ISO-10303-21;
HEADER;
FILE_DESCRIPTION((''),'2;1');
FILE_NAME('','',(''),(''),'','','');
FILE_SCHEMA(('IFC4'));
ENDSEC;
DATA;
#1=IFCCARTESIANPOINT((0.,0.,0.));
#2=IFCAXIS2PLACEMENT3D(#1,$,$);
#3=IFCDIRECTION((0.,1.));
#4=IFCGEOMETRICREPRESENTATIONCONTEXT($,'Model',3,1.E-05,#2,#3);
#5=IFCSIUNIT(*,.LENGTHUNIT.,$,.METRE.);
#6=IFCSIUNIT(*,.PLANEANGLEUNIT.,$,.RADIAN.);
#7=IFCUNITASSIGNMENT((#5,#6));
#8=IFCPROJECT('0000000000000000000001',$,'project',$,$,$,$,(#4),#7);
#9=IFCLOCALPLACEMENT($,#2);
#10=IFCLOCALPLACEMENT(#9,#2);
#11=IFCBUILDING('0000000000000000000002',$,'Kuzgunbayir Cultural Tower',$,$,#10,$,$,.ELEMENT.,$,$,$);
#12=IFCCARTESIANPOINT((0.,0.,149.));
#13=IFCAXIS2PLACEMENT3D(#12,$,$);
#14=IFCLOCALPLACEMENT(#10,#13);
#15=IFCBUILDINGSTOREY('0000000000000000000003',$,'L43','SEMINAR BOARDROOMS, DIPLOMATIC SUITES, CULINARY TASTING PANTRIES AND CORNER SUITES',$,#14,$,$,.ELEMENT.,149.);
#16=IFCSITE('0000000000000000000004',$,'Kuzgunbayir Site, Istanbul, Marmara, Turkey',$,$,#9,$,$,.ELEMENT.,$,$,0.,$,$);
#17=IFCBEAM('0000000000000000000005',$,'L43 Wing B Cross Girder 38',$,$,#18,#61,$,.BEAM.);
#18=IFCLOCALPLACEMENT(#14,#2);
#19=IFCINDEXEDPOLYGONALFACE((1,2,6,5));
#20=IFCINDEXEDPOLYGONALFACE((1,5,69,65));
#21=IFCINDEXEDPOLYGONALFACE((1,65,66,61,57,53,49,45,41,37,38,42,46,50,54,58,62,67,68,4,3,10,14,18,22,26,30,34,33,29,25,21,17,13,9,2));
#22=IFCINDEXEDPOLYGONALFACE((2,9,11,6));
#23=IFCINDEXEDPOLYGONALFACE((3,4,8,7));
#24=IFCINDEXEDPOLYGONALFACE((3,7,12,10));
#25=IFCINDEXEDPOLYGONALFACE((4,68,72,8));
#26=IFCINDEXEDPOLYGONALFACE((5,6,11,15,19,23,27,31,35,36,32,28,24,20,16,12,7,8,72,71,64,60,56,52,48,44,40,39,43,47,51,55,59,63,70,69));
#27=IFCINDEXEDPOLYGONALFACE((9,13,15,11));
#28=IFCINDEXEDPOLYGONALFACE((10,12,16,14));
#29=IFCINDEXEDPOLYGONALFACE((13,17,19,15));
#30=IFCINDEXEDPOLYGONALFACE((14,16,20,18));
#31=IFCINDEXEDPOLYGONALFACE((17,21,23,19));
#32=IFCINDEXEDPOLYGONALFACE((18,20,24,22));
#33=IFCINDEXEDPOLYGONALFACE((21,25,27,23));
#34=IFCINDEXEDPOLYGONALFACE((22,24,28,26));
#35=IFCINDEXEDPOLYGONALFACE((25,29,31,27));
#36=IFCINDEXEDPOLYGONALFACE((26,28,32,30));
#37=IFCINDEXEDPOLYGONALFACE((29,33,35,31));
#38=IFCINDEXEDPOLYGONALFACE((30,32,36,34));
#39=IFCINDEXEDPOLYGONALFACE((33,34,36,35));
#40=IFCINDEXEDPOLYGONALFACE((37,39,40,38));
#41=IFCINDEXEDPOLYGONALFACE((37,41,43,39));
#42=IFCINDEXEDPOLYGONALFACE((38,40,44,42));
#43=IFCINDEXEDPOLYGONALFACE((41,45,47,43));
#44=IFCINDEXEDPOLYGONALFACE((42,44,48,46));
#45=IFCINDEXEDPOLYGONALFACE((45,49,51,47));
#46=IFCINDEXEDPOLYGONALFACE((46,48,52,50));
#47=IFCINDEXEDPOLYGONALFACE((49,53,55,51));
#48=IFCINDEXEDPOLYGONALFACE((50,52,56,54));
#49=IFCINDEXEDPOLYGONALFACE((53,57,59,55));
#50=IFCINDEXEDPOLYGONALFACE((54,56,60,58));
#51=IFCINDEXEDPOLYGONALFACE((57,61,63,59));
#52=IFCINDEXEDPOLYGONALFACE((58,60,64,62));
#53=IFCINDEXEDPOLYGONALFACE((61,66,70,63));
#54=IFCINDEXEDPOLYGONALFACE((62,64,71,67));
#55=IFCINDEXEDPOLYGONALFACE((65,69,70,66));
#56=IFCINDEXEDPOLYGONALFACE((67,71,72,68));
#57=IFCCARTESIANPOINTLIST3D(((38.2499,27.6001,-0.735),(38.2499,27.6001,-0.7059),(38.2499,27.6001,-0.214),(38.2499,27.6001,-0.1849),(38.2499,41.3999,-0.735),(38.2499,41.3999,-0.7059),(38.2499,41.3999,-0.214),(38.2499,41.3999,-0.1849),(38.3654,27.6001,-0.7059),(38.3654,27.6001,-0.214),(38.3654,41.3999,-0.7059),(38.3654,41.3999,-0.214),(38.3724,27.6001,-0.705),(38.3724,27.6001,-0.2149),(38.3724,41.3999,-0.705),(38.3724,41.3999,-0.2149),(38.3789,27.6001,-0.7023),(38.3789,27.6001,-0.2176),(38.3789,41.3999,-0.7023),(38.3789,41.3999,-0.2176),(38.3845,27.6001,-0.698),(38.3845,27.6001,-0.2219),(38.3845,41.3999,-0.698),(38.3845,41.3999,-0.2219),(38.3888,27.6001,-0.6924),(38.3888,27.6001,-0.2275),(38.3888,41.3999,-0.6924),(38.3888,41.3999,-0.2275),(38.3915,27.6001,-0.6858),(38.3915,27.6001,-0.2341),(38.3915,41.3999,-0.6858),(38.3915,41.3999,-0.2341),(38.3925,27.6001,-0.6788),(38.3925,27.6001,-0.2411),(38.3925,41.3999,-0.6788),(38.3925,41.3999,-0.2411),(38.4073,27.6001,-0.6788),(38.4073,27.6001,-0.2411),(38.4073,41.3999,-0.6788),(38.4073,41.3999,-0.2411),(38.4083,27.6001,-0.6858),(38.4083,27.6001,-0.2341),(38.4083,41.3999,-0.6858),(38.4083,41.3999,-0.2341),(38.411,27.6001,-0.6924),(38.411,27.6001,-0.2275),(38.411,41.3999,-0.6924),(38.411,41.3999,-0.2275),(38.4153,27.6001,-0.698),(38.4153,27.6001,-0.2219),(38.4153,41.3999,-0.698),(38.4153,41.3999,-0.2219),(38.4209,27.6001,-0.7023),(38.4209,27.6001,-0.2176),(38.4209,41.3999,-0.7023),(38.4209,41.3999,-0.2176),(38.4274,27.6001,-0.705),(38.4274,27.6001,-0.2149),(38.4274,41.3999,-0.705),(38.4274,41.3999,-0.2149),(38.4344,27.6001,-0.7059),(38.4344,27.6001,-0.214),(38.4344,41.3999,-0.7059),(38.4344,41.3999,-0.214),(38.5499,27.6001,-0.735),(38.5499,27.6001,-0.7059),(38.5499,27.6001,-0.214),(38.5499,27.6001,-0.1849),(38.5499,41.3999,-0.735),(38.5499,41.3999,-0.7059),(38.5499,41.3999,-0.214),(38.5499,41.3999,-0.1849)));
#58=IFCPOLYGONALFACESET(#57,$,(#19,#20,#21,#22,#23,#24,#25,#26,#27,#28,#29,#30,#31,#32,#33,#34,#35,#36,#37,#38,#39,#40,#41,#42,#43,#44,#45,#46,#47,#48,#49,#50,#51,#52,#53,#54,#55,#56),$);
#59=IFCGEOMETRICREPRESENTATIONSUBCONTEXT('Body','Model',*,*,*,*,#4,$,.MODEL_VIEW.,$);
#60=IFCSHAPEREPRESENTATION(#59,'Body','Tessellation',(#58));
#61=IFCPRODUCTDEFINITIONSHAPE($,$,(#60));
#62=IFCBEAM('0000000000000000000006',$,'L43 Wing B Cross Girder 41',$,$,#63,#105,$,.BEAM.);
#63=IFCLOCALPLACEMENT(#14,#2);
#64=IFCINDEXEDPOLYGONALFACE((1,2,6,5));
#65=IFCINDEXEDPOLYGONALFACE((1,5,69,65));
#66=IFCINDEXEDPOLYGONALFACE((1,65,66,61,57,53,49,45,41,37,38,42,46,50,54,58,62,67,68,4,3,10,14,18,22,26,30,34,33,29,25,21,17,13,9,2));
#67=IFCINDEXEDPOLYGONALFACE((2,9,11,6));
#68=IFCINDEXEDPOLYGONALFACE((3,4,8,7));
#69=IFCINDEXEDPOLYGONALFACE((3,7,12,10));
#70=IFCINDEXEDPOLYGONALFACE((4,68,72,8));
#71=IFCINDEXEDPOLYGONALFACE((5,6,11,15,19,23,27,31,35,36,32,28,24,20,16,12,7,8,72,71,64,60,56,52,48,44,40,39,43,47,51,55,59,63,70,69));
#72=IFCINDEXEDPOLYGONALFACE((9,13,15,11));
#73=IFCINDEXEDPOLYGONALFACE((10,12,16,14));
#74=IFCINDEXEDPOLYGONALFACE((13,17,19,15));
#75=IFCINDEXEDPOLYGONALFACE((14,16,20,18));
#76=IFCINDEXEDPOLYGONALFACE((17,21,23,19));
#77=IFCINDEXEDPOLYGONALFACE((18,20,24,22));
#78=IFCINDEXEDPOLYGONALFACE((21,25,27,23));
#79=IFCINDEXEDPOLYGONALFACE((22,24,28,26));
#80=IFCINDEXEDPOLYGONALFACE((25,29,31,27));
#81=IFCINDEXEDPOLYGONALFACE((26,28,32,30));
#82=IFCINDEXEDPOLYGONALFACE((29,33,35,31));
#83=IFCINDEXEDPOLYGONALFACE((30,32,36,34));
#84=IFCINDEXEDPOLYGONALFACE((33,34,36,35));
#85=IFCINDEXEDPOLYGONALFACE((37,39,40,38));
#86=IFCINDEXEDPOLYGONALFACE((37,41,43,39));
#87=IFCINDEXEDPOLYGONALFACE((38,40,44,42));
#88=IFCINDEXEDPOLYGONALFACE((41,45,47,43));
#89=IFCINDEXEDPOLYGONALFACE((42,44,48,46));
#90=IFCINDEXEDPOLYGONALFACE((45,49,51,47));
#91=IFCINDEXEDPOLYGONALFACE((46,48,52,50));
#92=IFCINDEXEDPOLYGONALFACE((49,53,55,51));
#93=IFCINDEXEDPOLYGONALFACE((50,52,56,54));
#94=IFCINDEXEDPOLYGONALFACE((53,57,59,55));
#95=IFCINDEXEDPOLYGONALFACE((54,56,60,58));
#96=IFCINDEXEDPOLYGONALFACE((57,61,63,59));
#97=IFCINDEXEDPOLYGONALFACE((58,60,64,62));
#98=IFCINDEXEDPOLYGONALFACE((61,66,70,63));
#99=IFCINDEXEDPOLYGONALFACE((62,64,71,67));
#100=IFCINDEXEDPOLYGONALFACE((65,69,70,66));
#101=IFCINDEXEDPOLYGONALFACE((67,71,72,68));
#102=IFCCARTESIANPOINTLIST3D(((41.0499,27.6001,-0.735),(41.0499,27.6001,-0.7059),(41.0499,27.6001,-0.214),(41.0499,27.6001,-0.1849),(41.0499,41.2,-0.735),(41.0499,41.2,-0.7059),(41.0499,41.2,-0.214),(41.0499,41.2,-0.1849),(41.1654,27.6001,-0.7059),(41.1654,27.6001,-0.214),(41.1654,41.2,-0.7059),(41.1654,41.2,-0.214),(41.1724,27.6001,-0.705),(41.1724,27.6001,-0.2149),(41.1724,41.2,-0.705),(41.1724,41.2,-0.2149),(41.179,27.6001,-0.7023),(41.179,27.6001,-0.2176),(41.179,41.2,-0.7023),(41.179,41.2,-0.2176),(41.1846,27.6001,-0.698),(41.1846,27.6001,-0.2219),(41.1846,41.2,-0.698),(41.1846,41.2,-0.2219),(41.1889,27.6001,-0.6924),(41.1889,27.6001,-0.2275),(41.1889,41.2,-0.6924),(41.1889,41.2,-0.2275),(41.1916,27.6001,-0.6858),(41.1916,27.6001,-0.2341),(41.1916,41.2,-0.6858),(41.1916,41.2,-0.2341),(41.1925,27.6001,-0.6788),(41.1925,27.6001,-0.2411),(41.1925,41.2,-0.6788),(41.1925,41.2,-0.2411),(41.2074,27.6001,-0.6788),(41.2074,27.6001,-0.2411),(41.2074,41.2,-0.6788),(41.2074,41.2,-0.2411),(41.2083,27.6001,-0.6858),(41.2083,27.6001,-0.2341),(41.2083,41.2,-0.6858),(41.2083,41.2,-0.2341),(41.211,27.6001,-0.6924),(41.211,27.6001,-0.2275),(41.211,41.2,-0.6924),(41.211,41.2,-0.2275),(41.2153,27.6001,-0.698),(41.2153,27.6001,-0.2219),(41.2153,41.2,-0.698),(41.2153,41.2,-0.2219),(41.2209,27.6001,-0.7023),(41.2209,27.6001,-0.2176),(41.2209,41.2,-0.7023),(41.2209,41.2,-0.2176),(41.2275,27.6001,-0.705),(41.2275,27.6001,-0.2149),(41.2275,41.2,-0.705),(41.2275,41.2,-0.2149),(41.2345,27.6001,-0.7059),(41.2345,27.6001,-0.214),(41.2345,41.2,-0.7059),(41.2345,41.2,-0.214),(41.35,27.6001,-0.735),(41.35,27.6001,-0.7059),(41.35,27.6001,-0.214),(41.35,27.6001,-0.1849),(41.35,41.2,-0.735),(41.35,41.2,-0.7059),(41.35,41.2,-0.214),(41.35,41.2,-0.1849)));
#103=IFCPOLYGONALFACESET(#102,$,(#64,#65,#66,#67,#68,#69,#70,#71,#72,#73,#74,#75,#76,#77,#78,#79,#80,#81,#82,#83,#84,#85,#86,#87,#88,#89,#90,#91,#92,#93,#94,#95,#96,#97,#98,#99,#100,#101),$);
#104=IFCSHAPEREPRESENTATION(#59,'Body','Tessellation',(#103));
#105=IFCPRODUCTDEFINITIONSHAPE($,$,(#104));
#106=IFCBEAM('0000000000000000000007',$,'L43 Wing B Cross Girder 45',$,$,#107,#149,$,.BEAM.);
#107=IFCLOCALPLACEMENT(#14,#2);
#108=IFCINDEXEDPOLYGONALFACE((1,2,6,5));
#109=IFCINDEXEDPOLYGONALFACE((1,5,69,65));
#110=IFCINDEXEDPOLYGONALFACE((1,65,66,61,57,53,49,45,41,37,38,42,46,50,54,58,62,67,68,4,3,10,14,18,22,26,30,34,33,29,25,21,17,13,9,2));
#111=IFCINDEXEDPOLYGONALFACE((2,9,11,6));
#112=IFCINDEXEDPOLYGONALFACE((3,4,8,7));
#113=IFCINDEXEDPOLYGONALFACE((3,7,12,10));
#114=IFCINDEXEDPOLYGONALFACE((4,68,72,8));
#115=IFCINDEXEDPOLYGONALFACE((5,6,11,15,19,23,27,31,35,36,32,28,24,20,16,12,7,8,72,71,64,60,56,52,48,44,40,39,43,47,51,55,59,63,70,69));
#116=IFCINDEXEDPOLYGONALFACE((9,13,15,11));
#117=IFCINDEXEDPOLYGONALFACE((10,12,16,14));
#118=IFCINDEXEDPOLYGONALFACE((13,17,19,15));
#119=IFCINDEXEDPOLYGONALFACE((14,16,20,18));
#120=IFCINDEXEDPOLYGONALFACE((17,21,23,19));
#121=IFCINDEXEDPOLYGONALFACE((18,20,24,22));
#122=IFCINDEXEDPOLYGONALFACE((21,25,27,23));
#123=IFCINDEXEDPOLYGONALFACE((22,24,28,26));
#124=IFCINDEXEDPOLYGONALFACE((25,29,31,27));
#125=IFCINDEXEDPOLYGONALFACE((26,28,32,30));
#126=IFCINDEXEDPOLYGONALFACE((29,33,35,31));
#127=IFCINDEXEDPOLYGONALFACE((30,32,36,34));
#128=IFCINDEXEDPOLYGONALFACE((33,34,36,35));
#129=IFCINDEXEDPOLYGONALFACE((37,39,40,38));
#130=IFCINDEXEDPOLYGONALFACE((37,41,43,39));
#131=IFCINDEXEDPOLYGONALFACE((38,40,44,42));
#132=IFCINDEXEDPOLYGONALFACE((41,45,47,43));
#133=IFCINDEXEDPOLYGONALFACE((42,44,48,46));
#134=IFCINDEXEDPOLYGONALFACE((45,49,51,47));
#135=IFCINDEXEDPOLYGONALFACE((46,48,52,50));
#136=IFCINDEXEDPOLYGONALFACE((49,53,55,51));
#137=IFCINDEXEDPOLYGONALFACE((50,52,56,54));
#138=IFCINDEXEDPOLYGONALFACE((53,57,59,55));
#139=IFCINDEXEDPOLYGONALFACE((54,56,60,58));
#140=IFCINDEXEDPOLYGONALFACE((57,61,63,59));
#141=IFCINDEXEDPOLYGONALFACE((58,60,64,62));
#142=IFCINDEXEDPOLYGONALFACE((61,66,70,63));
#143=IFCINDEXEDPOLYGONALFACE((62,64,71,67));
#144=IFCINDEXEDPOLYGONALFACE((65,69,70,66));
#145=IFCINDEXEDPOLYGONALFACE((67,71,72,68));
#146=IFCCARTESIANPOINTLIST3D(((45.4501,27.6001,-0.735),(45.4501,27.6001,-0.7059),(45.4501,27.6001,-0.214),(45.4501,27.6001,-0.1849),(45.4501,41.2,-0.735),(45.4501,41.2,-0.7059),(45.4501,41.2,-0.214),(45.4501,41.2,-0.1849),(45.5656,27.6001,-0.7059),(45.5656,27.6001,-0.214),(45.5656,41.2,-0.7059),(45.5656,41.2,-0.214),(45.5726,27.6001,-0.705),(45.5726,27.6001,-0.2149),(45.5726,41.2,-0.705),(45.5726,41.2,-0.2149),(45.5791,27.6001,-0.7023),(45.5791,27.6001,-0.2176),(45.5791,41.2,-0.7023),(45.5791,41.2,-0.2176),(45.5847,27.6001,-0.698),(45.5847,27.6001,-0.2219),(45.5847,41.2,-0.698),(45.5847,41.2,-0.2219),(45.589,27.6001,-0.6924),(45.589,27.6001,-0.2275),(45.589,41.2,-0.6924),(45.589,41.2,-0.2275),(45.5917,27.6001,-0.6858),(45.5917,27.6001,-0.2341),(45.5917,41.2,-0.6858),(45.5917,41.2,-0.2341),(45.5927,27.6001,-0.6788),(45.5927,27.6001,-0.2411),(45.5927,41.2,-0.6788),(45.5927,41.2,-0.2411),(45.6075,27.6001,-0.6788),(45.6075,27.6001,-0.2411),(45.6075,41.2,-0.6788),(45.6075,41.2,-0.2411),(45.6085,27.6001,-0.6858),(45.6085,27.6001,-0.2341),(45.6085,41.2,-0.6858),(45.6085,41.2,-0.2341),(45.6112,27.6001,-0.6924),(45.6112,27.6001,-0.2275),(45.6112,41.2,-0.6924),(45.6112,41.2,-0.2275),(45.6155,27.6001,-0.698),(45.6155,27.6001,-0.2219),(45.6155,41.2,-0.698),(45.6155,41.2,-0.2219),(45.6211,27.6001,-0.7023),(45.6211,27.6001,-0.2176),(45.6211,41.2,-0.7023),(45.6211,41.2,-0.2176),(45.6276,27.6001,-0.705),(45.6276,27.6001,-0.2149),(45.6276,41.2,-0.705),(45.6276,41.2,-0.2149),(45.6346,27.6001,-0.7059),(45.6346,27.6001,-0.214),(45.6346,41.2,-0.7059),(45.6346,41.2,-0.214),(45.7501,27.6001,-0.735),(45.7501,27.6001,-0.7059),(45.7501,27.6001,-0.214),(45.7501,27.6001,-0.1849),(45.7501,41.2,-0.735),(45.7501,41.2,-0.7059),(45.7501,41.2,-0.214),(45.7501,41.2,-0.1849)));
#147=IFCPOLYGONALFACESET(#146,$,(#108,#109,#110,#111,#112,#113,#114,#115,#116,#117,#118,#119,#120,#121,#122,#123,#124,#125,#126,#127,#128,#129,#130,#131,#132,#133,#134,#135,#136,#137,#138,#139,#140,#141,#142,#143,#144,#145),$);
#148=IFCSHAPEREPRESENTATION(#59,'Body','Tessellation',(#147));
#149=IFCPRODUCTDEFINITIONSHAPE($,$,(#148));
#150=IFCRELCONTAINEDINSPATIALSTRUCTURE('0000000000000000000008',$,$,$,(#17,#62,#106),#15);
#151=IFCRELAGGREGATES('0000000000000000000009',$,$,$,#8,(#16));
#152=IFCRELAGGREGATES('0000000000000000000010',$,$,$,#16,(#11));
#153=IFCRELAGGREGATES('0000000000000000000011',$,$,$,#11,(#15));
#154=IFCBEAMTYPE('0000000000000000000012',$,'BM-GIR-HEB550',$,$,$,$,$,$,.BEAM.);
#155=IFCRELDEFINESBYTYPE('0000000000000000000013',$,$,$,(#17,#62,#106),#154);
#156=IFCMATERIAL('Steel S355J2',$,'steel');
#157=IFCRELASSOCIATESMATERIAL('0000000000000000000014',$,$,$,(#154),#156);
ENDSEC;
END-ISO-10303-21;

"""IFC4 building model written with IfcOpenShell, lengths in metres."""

from ifc_helpers import new_model, si_unit, direction, frame, origin, origin_2d, place, context, subcontext, project, spatial, i_section, extrude, material, material_profile, profile_set, type_object, element, save


model = new_model("IFC4")

# Units and contexts
model_context = context("Model", 3, precision=1e-05, world=origin(), true_north=direction((0.0, 1.0)))
body_context = subcontext(model_context, "Body", "Model", "MODEL_VIEW")
ifc_project = project(units=[si_unit("LENGTHUNIT", "METRE"), si_unit("PLANEANGLEUNIT", "RADIAN")], contexts=[model_context])

# Site, building, storey
site_placement = place(None, origin())
site = spatial("IfcSite", under=ifc_project, at=site_placement, Name="Kuzgunbayir Site, Istanbul, Marmara, Turkey", CompositionType="ELEMENT", RefElevation=0.0)
building_placement = place(site_placement, origin())
building = spatial("IfcBuilding", under=site, at=building_placement, Name="Kuzgunbayir Cultural Tower", CompositionType="ELEMENT")
storey_placement = place(building_placement, frame((0.0, 0.0, 149.0)))
storey = spatial("IfcBuildingStorey", under=building, at=storey_placement, Name="L43", Description="SEMINAR BOARDROOMS, DIPLOMATIC SUITES, CULINARY TASTING PANTRIES AND CORNER SUITES", CompositionType="ELEMENT", Elevation=149.0)

# Beams
ifc_material_1 = material(Name="Steel S355J2", Category="steel")
ifc_material_profile_1 = material_profile(ifc_material_1, i_section(OverallWidth=0.3, OverallDepth=0.55, WebThickness=0.0149, FlangeThickness=0.0291, FilletRadius=0.0271, at=origin_2d()), Name="HEB 550")
ifc_profile_set_1 = profile_set([ifc_material_profile_1], Name="Steel S355J2")
beam_type_1 = type_object("IfcBeamType", Name="BM-GIR-HEB550", PredefinedType="BEAM", material=ifc_profile_set_1)
beam_1_placement = place(storey_placement, frame((38.3999, 27.6001, -0.46), z_axis=(0.0, 1.0, 0.0), x_axis=(-1.0, 0.0, 0.0)))
element("IfcBeam", 1, at=beam_1_placement, inside=storey, type_object=beam_type_1, Name="L43 Wing B Cross Girder 38", PredefinedType="BEAM", context=body_context, shape_type="SweptSolid", body=[
    extrude(i_section(OverallWidth=0.3, OverallDepth=0.55, WebThickness=0.0149, FlangeThickness=0.0291, FilletRadius=0.0271, at=origin_2d()), origin(), (0.0, 0.0, 1.0), 13.7998),
])
for number, where, z_axis, x_axis, name in (
    (2, (41.2, 27.6001, -0.46), (0.0, 1.0, 0.0), (-1.0, 0.0, 0.0), "L43 Wing B Cross Girder 41"),
    (3, (45.6001, 27.6001, -0.46), (0.0, 1.0, 0.0), (-1.0, 0.0, 0.0), "L43 Wing B Cross Girder 45"),
):
    element("IfcBeam", number, at=place(storey_placement, frame(where, z_axis=z_axis, x_axis=x_axis)), inside=storey, type_object=beam_type_1, Name=name, PredefinedType="BEAM", context=body_context, shape_type="SweptSolid", body=[
        extrude(i_section(OverallWidth=0.3, OverallDepth=0.55, WebThickness=0.0149, FlangeThickness=0.0291, FilletRadius=0.0271, at=origin_2d()), origin(), (0.0, 0.0, 1.0), 13.5999),
    ])

save(model, "model.ifc")
